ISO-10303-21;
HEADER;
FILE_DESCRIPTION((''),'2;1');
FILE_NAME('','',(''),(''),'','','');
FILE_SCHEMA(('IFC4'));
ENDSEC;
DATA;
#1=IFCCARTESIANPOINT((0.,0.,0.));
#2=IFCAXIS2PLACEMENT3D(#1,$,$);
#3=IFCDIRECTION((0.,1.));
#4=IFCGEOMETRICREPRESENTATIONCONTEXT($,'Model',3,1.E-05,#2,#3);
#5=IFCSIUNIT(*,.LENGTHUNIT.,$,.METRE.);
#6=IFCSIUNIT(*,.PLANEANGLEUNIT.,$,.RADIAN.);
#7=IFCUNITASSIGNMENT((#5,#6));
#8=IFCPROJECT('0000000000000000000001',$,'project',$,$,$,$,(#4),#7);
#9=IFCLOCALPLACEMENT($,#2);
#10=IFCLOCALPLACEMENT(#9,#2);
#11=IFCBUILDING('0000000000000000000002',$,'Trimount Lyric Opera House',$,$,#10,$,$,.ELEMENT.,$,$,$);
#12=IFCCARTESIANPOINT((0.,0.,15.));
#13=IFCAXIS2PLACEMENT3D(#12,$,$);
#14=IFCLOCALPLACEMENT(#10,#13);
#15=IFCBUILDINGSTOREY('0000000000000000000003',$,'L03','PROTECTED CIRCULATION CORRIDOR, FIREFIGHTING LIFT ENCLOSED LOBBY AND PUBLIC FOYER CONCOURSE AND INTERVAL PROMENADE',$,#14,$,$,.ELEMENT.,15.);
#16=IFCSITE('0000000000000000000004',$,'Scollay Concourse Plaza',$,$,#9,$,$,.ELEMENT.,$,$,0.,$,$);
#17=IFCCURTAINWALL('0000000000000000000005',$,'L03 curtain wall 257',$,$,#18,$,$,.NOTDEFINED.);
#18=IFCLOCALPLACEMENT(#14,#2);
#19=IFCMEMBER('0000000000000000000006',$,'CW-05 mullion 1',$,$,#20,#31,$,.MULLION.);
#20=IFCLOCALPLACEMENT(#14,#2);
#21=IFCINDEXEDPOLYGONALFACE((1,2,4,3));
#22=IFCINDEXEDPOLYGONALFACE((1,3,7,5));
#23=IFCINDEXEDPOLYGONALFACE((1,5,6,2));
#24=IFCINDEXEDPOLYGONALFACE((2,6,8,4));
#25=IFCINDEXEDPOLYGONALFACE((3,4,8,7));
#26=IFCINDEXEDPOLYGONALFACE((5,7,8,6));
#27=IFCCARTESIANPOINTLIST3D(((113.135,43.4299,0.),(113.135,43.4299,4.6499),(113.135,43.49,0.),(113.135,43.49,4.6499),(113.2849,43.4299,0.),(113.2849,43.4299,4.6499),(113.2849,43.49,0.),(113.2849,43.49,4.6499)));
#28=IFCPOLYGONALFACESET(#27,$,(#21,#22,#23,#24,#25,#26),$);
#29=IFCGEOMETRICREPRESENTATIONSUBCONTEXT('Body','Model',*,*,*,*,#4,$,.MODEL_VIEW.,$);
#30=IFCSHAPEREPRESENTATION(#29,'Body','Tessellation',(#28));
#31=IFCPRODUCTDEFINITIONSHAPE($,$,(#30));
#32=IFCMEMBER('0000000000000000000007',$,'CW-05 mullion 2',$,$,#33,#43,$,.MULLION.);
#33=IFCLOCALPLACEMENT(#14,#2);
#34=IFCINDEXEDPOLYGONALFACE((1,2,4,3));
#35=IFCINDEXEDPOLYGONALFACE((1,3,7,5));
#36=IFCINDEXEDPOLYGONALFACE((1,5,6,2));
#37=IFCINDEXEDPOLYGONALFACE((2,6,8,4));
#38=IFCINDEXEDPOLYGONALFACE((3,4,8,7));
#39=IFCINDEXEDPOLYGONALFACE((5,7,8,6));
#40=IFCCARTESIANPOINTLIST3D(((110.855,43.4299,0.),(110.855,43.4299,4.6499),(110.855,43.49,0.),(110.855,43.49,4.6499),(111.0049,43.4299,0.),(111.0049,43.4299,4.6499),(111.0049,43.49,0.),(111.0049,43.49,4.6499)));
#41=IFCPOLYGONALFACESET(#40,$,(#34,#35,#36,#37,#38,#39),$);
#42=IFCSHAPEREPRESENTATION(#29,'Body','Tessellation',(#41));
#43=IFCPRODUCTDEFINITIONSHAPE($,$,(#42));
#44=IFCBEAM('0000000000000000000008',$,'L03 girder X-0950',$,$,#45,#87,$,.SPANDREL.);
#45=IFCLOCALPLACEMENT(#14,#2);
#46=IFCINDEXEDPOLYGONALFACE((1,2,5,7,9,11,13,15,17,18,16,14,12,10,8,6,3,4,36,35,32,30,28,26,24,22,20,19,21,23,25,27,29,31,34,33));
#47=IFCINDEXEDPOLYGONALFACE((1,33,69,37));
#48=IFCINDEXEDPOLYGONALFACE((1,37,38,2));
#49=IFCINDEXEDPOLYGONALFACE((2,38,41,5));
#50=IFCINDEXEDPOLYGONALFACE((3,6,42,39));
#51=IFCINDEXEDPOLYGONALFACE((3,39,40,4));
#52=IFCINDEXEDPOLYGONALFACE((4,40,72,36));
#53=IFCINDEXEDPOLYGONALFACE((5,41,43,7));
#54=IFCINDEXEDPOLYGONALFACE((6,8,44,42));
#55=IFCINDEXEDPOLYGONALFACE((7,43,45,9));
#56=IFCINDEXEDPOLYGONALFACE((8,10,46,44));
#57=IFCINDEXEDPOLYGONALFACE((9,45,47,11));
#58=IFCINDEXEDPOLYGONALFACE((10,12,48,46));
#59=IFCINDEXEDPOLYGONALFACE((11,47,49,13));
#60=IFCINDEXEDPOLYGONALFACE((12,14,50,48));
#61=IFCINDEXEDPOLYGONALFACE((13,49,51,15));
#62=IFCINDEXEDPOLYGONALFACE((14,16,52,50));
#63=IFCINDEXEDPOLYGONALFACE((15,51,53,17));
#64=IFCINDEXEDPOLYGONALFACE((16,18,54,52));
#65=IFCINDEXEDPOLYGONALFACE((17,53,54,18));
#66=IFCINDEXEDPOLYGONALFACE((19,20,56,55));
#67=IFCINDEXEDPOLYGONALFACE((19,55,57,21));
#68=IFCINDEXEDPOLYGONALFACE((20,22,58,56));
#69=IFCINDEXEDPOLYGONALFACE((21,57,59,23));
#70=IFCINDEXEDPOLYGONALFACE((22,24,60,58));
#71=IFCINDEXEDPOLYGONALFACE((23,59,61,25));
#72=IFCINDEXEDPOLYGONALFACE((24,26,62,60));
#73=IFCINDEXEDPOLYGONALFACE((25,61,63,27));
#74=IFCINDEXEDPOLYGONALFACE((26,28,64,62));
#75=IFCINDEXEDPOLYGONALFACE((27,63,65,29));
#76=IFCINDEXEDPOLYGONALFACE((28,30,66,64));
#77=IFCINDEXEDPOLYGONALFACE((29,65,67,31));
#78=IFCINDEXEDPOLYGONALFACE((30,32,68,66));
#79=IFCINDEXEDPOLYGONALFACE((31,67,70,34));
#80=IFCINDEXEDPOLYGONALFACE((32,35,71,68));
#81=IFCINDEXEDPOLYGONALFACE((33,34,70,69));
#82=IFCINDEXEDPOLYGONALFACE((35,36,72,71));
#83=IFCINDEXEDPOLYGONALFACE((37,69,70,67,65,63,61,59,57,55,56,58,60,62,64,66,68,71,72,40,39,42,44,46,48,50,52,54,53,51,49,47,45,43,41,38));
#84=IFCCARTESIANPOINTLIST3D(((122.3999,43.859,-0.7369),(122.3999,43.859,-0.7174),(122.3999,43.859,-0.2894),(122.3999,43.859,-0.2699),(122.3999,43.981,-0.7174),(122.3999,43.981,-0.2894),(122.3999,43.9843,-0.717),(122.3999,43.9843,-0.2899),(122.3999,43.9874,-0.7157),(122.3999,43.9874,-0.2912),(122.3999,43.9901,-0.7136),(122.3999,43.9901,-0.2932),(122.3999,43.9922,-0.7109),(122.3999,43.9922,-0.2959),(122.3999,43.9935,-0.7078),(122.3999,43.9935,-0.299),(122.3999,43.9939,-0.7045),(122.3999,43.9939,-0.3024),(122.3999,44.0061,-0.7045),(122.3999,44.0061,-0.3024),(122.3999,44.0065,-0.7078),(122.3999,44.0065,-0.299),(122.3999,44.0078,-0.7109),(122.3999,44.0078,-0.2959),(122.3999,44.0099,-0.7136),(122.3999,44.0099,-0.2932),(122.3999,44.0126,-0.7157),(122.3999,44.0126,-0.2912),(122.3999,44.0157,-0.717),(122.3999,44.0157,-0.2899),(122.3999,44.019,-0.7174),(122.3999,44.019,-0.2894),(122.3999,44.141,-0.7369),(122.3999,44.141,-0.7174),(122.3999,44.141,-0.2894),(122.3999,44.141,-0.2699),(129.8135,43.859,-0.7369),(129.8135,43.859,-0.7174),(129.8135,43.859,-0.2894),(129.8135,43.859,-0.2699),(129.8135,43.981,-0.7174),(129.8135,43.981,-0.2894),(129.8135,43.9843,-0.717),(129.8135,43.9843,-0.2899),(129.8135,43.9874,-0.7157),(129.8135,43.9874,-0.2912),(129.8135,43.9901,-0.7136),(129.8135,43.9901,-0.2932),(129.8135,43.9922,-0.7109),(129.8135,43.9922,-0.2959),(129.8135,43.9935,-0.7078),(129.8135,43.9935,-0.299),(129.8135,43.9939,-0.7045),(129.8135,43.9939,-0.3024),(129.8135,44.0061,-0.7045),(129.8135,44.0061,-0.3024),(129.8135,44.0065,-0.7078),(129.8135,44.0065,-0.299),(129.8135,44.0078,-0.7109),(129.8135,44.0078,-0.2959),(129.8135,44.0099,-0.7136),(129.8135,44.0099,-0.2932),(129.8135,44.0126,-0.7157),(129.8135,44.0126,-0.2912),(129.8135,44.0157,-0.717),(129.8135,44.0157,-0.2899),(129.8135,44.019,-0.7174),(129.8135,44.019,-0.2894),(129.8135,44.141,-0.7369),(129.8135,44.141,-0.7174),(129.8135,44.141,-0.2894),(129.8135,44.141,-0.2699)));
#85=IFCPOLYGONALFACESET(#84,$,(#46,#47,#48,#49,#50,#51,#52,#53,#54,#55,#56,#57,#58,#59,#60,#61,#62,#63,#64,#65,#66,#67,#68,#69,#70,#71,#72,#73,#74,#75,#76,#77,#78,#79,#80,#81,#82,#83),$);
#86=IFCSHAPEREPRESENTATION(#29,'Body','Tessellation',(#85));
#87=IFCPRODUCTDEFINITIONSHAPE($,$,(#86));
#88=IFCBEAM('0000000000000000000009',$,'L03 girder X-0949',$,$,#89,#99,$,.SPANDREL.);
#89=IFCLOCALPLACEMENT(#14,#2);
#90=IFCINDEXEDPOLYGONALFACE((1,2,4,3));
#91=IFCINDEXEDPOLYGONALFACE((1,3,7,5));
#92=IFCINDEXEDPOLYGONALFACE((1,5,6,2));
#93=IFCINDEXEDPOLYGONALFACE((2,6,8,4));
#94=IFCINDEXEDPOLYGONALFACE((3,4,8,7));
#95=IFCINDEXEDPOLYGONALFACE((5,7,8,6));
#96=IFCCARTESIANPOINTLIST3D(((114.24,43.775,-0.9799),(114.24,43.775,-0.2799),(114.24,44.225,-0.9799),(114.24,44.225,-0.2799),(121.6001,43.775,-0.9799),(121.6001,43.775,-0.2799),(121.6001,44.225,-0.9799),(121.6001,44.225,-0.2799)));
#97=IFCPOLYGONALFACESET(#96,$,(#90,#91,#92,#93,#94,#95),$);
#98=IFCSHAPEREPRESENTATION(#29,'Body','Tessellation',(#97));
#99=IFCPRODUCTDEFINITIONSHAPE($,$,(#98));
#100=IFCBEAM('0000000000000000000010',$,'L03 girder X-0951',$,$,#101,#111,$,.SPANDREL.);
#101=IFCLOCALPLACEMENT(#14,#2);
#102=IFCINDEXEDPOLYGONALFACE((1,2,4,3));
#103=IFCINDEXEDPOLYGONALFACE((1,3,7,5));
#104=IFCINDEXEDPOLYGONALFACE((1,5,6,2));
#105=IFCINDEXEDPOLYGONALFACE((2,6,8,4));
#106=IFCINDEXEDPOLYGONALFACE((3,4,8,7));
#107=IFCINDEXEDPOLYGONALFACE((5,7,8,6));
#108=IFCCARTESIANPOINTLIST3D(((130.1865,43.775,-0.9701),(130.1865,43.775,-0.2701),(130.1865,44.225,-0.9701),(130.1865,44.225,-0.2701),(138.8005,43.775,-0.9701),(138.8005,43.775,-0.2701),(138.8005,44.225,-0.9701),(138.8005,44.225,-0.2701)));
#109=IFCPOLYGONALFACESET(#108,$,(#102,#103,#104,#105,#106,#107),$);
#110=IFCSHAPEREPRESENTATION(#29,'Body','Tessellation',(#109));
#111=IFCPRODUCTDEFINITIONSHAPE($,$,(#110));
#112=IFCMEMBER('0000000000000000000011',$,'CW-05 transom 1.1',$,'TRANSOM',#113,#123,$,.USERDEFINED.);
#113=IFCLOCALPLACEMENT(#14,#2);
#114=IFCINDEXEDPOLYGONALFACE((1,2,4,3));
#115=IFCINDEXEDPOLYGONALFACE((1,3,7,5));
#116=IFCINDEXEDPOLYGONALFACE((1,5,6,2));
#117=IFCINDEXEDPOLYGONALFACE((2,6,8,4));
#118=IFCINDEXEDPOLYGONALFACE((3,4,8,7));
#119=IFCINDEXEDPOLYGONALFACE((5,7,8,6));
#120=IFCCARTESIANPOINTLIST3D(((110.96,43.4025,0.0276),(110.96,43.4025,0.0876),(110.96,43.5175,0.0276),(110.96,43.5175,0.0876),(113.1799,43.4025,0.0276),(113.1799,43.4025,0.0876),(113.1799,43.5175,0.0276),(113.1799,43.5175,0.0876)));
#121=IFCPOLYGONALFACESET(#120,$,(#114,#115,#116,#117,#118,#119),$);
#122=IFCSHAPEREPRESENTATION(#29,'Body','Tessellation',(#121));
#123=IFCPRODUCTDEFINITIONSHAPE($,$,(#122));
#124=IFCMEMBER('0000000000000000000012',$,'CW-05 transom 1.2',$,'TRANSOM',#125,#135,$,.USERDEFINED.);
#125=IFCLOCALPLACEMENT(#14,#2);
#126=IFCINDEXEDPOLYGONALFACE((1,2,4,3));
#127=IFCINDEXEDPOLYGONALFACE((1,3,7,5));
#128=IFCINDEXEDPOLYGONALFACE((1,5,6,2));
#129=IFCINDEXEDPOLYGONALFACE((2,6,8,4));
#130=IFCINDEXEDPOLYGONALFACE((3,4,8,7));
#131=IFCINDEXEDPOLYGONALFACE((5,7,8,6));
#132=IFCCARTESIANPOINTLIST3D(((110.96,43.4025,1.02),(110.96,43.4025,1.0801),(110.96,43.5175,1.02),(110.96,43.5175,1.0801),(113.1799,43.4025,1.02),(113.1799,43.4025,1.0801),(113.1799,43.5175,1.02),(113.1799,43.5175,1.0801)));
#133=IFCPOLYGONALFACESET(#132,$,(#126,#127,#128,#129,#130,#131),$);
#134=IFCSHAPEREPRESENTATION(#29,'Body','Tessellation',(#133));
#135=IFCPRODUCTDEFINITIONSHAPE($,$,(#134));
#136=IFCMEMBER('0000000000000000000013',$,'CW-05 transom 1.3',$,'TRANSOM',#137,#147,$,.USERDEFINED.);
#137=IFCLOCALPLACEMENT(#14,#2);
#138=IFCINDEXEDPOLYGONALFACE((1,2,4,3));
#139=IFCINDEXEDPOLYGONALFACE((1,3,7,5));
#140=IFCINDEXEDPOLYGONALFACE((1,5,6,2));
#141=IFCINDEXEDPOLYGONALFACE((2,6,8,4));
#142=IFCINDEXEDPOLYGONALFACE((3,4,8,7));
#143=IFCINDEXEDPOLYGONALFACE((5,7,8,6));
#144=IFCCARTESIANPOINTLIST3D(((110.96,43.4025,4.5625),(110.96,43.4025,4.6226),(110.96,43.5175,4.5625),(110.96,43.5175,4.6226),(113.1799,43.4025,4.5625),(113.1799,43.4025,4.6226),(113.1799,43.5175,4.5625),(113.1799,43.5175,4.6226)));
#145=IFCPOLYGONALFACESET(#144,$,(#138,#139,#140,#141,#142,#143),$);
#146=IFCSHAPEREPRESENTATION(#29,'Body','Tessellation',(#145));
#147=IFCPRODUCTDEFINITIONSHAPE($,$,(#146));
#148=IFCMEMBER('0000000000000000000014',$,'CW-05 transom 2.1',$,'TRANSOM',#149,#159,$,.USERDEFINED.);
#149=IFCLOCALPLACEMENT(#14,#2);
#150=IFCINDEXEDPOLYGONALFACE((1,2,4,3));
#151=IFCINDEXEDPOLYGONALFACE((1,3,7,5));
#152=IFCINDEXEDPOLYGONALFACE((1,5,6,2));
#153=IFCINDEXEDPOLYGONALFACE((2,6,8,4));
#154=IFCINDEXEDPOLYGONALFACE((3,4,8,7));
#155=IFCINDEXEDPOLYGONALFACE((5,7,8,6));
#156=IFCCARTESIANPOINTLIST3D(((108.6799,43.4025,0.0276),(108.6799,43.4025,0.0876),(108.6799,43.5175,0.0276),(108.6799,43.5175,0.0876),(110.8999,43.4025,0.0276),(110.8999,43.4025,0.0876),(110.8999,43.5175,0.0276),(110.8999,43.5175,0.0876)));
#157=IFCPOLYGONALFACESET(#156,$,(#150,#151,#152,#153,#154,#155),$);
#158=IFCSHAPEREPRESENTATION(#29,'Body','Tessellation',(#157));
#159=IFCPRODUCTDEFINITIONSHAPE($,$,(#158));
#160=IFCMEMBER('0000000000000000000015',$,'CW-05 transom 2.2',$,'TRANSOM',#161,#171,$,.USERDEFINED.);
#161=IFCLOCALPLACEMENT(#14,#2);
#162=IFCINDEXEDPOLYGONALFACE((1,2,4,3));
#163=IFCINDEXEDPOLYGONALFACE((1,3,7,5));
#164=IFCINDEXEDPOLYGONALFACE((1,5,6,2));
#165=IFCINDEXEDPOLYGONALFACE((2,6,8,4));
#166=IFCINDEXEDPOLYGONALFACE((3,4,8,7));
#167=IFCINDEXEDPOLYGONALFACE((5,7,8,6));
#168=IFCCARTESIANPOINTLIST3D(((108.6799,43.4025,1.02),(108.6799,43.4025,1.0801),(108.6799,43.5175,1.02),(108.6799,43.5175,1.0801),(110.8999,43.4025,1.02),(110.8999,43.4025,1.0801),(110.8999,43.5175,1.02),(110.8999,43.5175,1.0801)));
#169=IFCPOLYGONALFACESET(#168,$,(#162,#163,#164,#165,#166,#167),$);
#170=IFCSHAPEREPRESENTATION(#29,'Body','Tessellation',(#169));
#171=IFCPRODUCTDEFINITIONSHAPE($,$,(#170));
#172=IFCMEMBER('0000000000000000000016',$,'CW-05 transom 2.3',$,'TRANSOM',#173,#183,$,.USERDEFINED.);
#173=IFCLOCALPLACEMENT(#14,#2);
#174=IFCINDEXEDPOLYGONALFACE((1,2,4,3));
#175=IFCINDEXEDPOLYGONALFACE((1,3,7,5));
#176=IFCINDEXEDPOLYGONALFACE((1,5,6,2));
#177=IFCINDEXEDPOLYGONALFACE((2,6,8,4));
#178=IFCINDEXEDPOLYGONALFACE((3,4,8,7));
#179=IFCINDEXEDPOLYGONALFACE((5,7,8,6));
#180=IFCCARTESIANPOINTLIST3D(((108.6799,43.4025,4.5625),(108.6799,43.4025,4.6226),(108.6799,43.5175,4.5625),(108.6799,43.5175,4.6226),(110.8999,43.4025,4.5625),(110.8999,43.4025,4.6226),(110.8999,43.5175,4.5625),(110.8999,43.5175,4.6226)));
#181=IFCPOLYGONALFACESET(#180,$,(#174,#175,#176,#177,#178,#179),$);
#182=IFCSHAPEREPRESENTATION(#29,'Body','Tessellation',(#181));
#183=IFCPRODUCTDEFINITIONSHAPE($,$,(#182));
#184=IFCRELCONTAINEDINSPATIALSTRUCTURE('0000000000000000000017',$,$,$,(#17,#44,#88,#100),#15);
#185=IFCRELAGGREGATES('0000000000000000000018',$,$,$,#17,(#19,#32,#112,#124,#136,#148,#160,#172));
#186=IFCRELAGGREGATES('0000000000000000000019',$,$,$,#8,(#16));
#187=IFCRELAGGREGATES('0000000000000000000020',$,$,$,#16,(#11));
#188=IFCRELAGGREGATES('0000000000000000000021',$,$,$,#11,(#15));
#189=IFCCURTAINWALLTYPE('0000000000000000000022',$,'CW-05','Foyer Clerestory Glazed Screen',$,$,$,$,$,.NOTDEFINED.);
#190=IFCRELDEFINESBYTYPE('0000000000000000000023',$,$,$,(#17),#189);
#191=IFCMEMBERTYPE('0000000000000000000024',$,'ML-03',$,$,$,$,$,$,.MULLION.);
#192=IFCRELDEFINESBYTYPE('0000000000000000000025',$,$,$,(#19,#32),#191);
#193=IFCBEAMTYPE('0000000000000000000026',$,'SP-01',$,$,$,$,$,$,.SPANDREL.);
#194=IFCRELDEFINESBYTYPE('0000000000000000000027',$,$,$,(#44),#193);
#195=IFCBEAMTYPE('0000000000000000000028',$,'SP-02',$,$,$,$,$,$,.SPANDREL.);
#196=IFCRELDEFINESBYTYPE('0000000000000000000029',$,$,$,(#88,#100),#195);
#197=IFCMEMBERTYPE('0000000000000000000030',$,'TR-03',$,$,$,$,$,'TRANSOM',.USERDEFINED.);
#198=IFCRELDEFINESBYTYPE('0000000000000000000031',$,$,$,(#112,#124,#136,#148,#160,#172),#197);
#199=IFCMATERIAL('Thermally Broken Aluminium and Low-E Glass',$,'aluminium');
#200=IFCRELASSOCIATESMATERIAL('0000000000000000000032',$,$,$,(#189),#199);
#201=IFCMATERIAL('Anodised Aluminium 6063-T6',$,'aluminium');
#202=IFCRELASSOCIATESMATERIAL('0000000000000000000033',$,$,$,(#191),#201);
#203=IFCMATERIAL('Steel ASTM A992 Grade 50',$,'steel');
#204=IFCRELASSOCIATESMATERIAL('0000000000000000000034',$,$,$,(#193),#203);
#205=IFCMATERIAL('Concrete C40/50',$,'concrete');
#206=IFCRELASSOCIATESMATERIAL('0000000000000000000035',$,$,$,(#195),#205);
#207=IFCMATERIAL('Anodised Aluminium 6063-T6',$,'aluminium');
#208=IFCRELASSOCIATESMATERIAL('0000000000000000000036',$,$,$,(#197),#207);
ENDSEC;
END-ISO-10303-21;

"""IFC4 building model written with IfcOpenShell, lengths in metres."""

from ifc_helpers import new_model, si_unit, direction, frame, origin, origin_2d, place, context, subcontext, project, spatial, rectangle, i_section, extrude, material, material_profile, profile_set, type_object, element, aggregate, save


model = new_model("IFC4")

# Units and contexts
model_context = context("Model", 3, precision=1e-05, world=origin(), true_north=direction((0.0, 1.0)))
body_context = subcontext(model_context, "Body", "Model", "MODEL_VIEW")
ifc_project = project(units=[si_unit("LENGTHUNIT", "METRE"), si_unit("PLANEANGLEUNIT", "RADIAN")], contexts=[model_context])

# Site, building, storey
site_placement = place(None, origin())
site = spatial("IfcSite", under=ifc_project, at=site_placement, Name="Scollay Concourse Plaza", CompositionType="ELEMENT", RefElevation=0.0)
building_placement = place(site_placement, origin())
building = spatial("IfcBuilding", under=site, at=building_placement, Name="Trimount Lyric Opera House", CompositionType="ELEMENT")
storey_placement = place(building_placement, frame((0.0, 0.0, 15.0)))
storey = spatial("IfcBuildingStorey", under=building, at=storey_placement, Name="L03", Description="PROTECTED CIRCULATION CORRIDOR, FIREFIGHTING LIFT ENCLOSED LOBBY AND PUBLIC FOYER CONCOURSE AND INTERVAL PROMENADE", CompositionType="ELEMENT", Elevation=15.0)

# Curtain wall, members
ifc_material_1 = material(Name="Thermally Broken Aluminium and Low-E Glass", Category="aluminium")
curtain_wall_type = type_object("IfcCurtainWallType", Name="CW-05", Description="Foyer Clerestory Glazed Screen", PredefinedType="NOTDEFINED", material=ifc_material_1)
curtain_wall_placement = place(storey_placement, origin())
curtain_wall = element("IfcCurtainWall", 1, at=curtain_wall_placement, inside=storey, type_object=curtain_wall_type, Name="L03 curtain wall 257", PredefinedType="NOTDEFINED")
ifc_material_2 = material(Name="Anodised Aluminium 6063-T6", Category="aluminium")
ifc_material_profile_1 = material_profile(ifc_material_2, rectangle(XDim=0.0601, YDim=0.1499, at=origin_2d()), Name="ALU-MULL-60X150")
ifc_profile_set_1 = profile_set([ifc_material_profile_1], Name="Anodised Aluminium 6063-T6")
member_type_1 = type_object("IfcMemberType", Name="ML-03", PredefinedType="MULLION", material=ifc_profile_set_1)
member_1_placement = place(storey_placement, frame((113.21, 43.46, 0.0), z_axis=(0.0, 0.0, 1.0), x_axis=(0.0, -1.0, 0.0)))
member_1 = element("IfcMember", 2, at=member_1_placement, type_object=member_type_1, Name="CW-05 mullion 1", PredefinedType="MULLION", context=body_context, shape_type="SweptSolid", body=[
    extrude(rectangle(XDim=0.0601, YDim=0.1499, at=origin_2d()), origin(), (0.0, 0.0, 1.0), 4.6499),
])
member_2_placement = place(storey_placement, frame((110.9299, 43.46, 0.0), z_axis=(0.0, 0.0, 1.0), x_axis=(0.0, -1.0, 0.0)))
member_2 = element("IfcMember", 3, at=member_2_placement, type_object=member_type_1, Name="CW-05 mullion 2", PredefinedType="MULLION", context=body_context, shape_type="SweptSolid", body=[
    extrude(rectangle(XDim=0.0601, YDim=0.1499, at=origin_2d()), origin(), (0.0, 0.0, 1.0), 4.6499),
])

# Beams
ifc_material_3 = material(Name="Steel ASTM A992 Grade 50", Category="steel")
ifc_material_profile_2 = material_profile(ifc_material_3, i_section(OverallWidth=0.282, OverallDepth=0.467, WebThickness=0.0122, FlangeThickness=0.0195, FilletRadius=0.0129, at=origin_2d()), Name="W18X86")
ifc_profile_set_2 = profile_set([ifc_material_profile_2], Name="Steel ASTM A992 Grade 50")
beam_type_1 = type_object("IfcBeamType", Name="SP-01", PredefinedType="SPANDREL", material=ifc_profile_set_2)
beam_1_placement = place(storey_placement, frame((122.3999, 44.0, -0.5034), z_axis=(1.0, 0.0, 0.0), x_axis=(0.0, 1.0, 0.0)))
element("IfcBeam", 4, at=beam_1_placement, inside=storey, type_object=beam_type_1, Name="L03 girder X-0950", PredefinedType="SPANDREL", context=body_context, shape_type="SweptSolid", body=[
    extrude(i_section(OverallWidth=0.282, OverallDepth=0.467, WebThickness=0.0122, FlangeThickness=0.0195, FilletRadius=0.0129, at=origin_2d()), origin(), (0.0, 0.0, 1.0), 7.4136),
])
ifc_material_4 = material(Name="Concrete C40/50", Category="concrete")
ifc_material_profile_3 = material_profile(ifc_material_4, rectangle(XDim=0.45, YDim=0.7, at=origin_2d()), Name="RC450X700")
ifc_profile_set_3 = profile_set([ifc_material_profile_3], Name="Concrete C40/50")
beam_type_2 = type_object("IfcBeamType", Name="SP-02", PredefinedType="SPANDREL", material=ifc_profile_set_3)
beam_2_placement = place(storey_placement, frame((114.24, 44.0, -0.6299), z_axis=(1.0, 0.0, 0.0), x_axis=(0.0, 1.0, 0.0)))
element("IfcBeam", 5, at=beam_2_placement, inside=storey, type_object=beam_type_2, Name="L03 girder X-0949", PredefinedType="SPANDREL", context=body_context, shape_type="SweptSolid", body=[
    extrude(rectangle(XDim=0.45, YDim=0.7, at=origin_2d()), origin(), (0.0, 0.0, 1.0), 7.3601),
])
beam_3_placement = place(storey_placement, frame((130.1865, 44.0, -0.6201), z_axis=(1.0, 0.0, 0.0), x_axis=(0.0, 1.0, 0.0)))
element("IfcBeam", 6, at=beam_3_placement, inside=storey, type_object=beam_type_2, Name="L03 girder X-0951", PredefinedType="SPANDREL", context=body_context, shape_type="SweptSolid", body=[
    extrude(rectangle(XDim=0.45, YDim=0.7, at=origin_2d()), origin(), (0.0, 0.0, 1.0), 8.614),
])

# Members
ifc_material_5 = material(Name="Anodised Aluminium 6063-T6", Category="aluminium")
ifc_material_profile_4 = material_profile(ifc_material_5, rectangle(XDim=0.115, YDim=0.0601, at=origin_2d()), Name="ALU-TRAN-60X115")
ifc_profile_set_4 = profile_set([ifc_material_profile_4], Name="Anodised Aluminium 6063-T6")
member_type_2 = type_object("IfcMemberType", Name="TR-03", ElementType="TRANSOM", PredefinedType="USERDEFINED", material=ifc_profile_set_4)
member_3_placement = place(storey_placement, frame((113.1799, 43.46, 0.0576), z_axis=(-1.0, 0.0, 0.0), x_axis=(0.0, -1.0, 0.0)))
member_3 = element("IfcMember", 7, at=member_3_placement, type_object=member_type_2, Name="CW-05 transom 1.1", ObjectType="TRANSOM", PredefinedType="USERDEFINED", context=body_context, shape_type="SweptSolid", body=[
    extrude(rectangle(XDim=0.115, YDim=0.0601, at=origin_2d()), origin(), (0.0, 0.0, 1.0), 2.22),
])
member_4_placement = place(storey_placement, frame((113.1799, 43.46, 1.05), z_axis=(-1.0, 0.0, 0.0), x_axis=(0.0, -1.0, 0.0)))
member_4 = element("IfcMember", 8, at=member_4_placement, type_object=member_type_2, Name="CW-05 transom 1.2", ObjectType="TRANSOM", PredefinedType="USERDEFINED", context=body_context, shape_type="SweptSolid", body=[
    extrude(rectangle(XDim=0.115, YDim=0.0601, at=origin_2d()), origin(), (0.0, 0.0, 1.0), 2.22),
])
member_5_placement = place(storey_placement, frame((113.1799, 43.46, 4.5925), z_axis=(-1.0, 0.0, 0.0), x_axis=(0.0, -1.0, 0.0)))
member_5 = element("IfcMember", 9, at=member_5_placement, type_object=member_type_2, Name="CW-05 transom 1.3", ObjectType="TRANSOM", PredefinedType="USERDEFINED", context=body_context, shape_type="SweptSolid", body=[
    extrude(rectangle(XDim=0.115, YDim=0.0601, at=origin_2d()), origin(), (0.0, 0.0, 1.0), 2.22),
])
member_6_placement = place(storey_placement, frame((110.8999, 43.46, 0.0576), z_axis=(-1.0, 0.0, 0.0), x_axis=(0.0, -1.0, 0.0)))
member_6 = element("IfcMember", 10, at=member_6_placement, type_object=member_type_2, Name="CW-05 transom 2.1", ObjectType="TRANSOM", PredefinedType="USERDEFINED", context=body_context, shape_type="SweptSolid", body=[
    extrude(rectangle(XDim=0.115, YDim=0.0601, at=origin_2d()), origin(), (0.0, 0.0, 1.0), 2.22),
])
member_7_placement = place(storey_placement, frame((110.8999, 43.46, 1.05), z_axis=(-1.0, 0.0, 0.0), x_axis=(0.0, -1.0, 0.0)))
member_7 = element("IfcMember", 11, at=member_7_placement, type_object=member_type_2, Name="CW-05 transom 2.2", ObjectType="TRANSOM", PredefinedType="USERDEFINED", context=body_context, shape_type="SweptSolid", body=[
    extrude(rectangle(XDim=0.115, YDim=0.0601, at=origin_2d()), origin(), (0.0, 0.0, 1.0), 2.22),
])
member_8_placement = place(storey_placement, frame((110.8999, 43.46, 4.5925), z_axis=(-1.0, 0.0, 0.0), x_axis=(0.0, -1.0, 0.0)))
member_8 = element("IfcMember", 12, at=member_8_placement, type_object=member_type_2, Name="CW-05 transom 2.3", ObjectType="TRANSOM", PredefinedType="USERDEFINED", context=body_context, shape_type="SweptSolid", body=[
    extrude(rectangle(XDim=0.115, YDim=0.0601, at=origin_2d()), origin(), (0.0, 0.0, 1.0), 2.22),
])

aggregate(curtain_wall, [member_1, member_2, member_3, member_4, member_5, member_6, member_7, member_8])

save(model, "model.ifc")
